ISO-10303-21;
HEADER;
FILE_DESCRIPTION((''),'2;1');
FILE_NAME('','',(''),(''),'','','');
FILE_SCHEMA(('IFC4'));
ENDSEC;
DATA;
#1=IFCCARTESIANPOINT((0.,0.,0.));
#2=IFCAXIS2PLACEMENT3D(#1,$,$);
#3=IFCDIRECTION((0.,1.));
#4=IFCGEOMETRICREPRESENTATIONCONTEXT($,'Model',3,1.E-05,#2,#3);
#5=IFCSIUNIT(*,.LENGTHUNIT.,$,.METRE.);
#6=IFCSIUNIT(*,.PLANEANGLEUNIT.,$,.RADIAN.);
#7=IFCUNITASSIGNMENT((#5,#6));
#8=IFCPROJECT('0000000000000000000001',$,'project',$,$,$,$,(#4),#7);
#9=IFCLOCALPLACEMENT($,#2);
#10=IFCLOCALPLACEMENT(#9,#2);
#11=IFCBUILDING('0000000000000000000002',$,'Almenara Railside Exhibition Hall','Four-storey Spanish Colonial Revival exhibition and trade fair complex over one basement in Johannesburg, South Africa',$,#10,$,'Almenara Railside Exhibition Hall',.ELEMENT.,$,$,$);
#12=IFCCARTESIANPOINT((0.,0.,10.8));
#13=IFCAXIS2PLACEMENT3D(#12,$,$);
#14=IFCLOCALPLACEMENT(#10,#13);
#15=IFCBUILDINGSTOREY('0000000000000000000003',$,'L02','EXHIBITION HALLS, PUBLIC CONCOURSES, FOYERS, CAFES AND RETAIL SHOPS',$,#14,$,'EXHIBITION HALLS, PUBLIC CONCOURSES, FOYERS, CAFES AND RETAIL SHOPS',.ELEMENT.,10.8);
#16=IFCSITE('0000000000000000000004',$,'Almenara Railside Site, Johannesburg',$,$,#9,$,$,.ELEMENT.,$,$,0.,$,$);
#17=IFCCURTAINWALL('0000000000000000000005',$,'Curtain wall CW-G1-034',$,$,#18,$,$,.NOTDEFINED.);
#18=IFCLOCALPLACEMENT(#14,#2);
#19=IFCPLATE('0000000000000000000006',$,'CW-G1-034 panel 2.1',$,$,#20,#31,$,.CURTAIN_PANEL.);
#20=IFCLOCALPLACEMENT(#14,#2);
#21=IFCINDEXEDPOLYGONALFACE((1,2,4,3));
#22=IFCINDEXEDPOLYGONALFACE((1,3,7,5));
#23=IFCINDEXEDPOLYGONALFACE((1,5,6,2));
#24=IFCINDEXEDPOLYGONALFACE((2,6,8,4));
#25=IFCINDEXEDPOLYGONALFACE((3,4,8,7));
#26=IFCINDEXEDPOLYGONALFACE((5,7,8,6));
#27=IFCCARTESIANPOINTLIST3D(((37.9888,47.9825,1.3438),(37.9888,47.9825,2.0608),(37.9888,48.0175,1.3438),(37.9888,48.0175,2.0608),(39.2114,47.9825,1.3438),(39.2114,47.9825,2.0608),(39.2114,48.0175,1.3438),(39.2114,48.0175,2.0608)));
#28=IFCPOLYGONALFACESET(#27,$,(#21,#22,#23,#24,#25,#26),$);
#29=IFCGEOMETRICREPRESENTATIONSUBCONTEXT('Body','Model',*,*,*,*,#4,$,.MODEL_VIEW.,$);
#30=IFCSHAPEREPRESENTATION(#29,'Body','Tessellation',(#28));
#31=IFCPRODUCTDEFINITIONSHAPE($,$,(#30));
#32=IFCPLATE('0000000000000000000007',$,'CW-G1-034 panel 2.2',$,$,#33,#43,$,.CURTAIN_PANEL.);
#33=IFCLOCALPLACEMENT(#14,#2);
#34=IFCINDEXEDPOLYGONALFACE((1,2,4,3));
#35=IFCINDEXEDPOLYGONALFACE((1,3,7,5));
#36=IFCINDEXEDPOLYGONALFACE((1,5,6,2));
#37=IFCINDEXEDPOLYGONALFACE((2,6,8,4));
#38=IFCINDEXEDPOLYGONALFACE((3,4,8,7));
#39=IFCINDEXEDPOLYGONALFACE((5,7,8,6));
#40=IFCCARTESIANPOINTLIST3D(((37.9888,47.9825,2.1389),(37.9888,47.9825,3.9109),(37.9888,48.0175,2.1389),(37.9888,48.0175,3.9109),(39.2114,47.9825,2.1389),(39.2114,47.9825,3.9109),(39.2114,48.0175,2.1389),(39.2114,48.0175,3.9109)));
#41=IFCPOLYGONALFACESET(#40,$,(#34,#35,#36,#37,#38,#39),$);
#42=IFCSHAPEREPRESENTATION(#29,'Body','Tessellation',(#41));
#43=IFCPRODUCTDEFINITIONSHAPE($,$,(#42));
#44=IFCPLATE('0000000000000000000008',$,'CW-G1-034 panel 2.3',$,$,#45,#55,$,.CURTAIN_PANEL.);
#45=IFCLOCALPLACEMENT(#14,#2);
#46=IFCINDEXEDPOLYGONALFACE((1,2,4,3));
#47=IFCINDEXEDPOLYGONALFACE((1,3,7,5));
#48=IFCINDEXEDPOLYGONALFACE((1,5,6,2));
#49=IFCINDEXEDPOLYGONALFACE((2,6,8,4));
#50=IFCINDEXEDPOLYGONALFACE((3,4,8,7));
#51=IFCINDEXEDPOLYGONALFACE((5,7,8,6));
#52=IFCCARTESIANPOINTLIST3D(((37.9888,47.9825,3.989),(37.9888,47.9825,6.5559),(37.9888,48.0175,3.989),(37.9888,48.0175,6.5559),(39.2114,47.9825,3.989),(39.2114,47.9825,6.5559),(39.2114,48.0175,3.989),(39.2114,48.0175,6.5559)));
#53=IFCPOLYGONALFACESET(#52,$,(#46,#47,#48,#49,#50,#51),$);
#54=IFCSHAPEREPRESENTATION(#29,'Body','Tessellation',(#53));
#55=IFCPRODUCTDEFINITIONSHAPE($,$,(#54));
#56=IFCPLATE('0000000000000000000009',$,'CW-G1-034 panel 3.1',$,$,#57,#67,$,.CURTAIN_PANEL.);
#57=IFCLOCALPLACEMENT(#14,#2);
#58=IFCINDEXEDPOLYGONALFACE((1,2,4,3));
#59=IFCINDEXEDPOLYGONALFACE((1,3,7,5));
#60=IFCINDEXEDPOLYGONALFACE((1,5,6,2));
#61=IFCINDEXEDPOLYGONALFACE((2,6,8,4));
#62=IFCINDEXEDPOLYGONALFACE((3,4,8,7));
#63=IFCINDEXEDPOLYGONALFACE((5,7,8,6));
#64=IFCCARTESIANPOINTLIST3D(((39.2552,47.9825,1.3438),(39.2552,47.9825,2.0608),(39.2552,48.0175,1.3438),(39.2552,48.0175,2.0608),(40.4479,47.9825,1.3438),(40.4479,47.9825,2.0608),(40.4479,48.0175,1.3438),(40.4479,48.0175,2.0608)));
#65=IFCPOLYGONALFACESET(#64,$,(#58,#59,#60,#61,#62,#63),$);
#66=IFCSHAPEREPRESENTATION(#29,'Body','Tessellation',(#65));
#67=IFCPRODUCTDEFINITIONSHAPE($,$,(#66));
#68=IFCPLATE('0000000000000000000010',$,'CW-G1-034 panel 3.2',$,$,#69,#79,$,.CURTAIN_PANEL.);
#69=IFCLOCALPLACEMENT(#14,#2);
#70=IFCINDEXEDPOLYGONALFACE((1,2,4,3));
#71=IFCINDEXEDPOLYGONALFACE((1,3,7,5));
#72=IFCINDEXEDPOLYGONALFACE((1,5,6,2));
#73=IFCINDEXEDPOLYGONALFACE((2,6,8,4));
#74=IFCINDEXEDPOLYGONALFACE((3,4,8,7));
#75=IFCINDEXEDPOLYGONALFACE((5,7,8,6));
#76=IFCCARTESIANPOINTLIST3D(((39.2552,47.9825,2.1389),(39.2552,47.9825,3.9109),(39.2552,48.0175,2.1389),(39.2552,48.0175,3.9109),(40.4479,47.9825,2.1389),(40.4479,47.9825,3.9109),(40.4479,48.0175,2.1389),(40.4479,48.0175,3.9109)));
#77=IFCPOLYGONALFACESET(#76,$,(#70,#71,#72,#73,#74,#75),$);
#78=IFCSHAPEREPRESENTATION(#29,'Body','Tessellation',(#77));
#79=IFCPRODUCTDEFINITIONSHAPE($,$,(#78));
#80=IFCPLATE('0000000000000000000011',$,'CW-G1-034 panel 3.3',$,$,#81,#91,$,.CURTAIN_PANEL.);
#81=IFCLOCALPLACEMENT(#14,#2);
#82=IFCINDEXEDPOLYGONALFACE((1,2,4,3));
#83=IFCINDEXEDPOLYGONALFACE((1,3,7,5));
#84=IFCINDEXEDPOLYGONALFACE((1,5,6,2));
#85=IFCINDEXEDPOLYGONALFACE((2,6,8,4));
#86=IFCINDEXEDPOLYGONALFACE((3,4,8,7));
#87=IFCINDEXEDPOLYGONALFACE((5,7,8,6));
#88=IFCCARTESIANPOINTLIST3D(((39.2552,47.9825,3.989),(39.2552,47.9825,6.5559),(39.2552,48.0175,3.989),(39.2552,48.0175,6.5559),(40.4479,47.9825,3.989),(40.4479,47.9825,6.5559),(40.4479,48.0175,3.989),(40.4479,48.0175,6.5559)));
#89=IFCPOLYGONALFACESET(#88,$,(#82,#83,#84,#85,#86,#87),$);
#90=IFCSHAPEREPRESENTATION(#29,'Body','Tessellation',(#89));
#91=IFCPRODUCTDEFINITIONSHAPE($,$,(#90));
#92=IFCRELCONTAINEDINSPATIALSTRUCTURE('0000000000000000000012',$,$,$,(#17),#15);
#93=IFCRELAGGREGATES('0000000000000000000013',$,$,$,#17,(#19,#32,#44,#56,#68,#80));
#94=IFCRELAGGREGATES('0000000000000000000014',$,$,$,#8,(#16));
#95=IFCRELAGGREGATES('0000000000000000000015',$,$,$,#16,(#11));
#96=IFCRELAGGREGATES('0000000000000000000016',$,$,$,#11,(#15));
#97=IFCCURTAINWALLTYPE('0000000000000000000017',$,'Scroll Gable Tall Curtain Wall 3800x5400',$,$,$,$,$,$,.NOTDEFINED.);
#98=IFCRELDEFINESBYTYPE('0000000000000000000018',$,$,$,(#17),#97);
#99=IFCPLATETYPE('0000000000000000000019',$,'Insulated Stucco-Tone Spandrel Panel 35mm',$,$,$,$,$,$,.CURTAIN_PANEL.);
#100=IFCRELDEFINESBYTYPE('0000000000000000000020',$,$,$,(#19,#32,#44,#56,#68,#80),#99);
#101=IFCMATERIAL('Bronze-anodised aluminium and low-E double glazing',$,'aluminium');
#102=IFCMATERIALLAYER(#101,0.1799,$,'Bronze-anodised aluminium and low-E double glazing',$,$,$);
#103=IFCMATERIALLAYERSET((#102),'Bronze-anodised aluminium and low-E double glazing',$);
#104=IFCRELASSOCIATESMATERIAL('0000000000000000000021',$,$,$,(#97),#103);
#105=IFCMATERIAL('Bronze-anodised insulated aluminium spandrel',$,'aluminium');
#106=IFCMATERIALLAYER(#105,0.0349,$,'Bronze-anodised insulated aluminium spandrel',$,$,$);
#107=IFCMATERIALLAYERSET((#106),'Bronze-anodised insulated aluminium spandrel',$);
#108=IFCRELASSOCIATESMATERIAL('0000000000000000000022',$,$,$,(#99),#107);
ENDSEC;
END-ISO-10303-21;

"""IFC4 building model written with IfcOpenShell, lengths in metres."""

from ifc_helpers import new_model, si_unit, direction, frame, origin, origin_2d, place, context, subcontext, project, spatial, rectangle, extrude, material, layer, layer_set, type_object, element, aggregate, save


model = new_model("IFC4")

# Units and contexts
model_context = context("Model", 3, precision=1e-05, world=origin(), true_north=direction((0.0, 1.0)))
body_context = subcontext(model_context, "Body", "Model", "MODEL_VIEW")
ifc_project = project(units=[si_unit("LENGTHUNIT", "METRE"), si_unit("PLANEANGLEUNIT", "RADIAN")], contexts=[model_context])

# Site, building, storey
site_placement = place(None, origin())
site = spatial("IfcSite", under=ifc_project, at=site_placement, Name="Almenara Railside Site, Johannesburg", CompositionType="ELEMENT", RefElevation=0.0)
building_placement = place(site_placement, origin())
building = spatial("IfcBuilding", under=site, at=building_placement, Name="Almenara Railside Exhibition Hall", Description="Four-storey Spanish Colonial Revival exhibition and trade fair complex over one basement in Johannesburg, South Africa", LongName="Almenara Railside Exhibition Hall", CompositionType="ELEMENT")
storey_placement = place(building_placement, frame((0.0, 0.0, 10.8)))
storey = spatial("IfcBuildingStorey", under=building, at=storey_placement, Name="L02", Description="EXHIBITION HALLS, PUBLIC CONCOURSES, FOYERS, CAFES AND RETAIL SHOPS", LongName="EXHIBITION HALLS, PUBLIC CONCOURSES, FOYERS, CAFES AND RETAIL SHOPS", CompositionType="ELEMENT", Elevation=10.8)

# Curtain wall
ifc_material_1 = material(Name="Bronze-anodised aluminium and low-E double glazing", Category="aluminium")
ifc_layer_1 = layer(ifc_material_1, 0.1799, Name="Bronze-anodised aluminium and low-E double glazing")
ifc_layer_set_1 = layer_set([ifc_layer_1], Name="Bronze-anodised aluminium and low-E double glazing")
curtain_wall_type = type_object("IfcCurtainWallType", Name="Scroll Gable Tall Curtain Wall 3800x5400", PredefinedType="NOTDEFINED", material=ifc_layer_set_1)
curtain_wall_1_placement = place(storey_placement, origin())
curtain_wall_1 = element("IfcCurtainWall", 1, at=curtain_wall_1_placement, inside=storey, type_object=curtain_wall_type, Name="Curtain wall CW-G1-034", PredefinedType="NOTDEFINED")

# Plates
ifc_material_2 = material(Name="Bronze-anodised insulated aluminium spandrel", Category="aluminium")
ifc_layer_2 = layer(ifc_material_2, 0.0349, Name="Bronze-anodised insulated aluminium spandrel")
ifc_layer_set_2 = layer_set([ifc_layer_2], Name="Bronze-anodised insulated aluminium spandrel")
plate_type_1 = type_object("IfcPlateType", Name="Insulated Stucco-Tone Spandrel Panel 35mm", PredefinedType="CURTAIN_PANEL", material=ifc_layer_set_2)
plate_1_placement = place(storey_placement, frame((38.6001, 48.0, 1.3438), z_axis=(0.0, 0.0, 1.0), x_axis=(1.0, 0.0, 0.0)))
plate_1 = element("IfcPlate", 2, at=plate_1_placement, type_object=plate_type_1, Name="CW-G1-034 panel 2.1", PredefinedType="CURTAIN_PANEL", context=body_context, shape_type="SweptSolid", body=[
    extrude(rectangle(XDim=1.2227, YDim=0.0349, at=origin_2d()), origin(), (0.0, 0.0, 1.0), 0.717),
])
plate_2_placement = place(storey_placement, frame((38.6001, 48.0, 2.1389), z_axis=(0.0, 0.0, 1.0), x_axis=(1.0, 0.0, 0.0)))
plate_2 = element("IfcPlate", 3, at=plate_2_placement, type_object=plate_type_1, Name="CW-G1-034 panel 2.2", PredefinedType="CURTAIN_PANEL", context=body_context, shape_type="SweptSolid", body=[
    extrude(rectangle(XDim=1.2227, YDim=0.0349, at=origin_2d()), origin(), (0.0, 0.0, 1.0), 1.772),
])
plate_3_placement = place(storey_placement, frame((38.6001, 48.0, 3.989), z_axis=(0.0, 0.0, 1.0), x_axis=(1.0, 0.0, 0.0)))
plate_3 = element("IfcPlate", 4, at=plate_3_placement, type_object=plate_type_1, Name="CW-G1-034 panel 2.3", PredefinedType="CURTAIN_PANEL", context=body_context, shape_type="SweptSolid", body=[
    extrude(rectangle(XDim=1.2227, YDim=0.0349, at=origin_2d()), origin(), (0.0, 0.0, 1.0), 2.5669),
])
plate_4_placement = place(storey_placement, frame((39.8516, 48.0, 1.3438), z_axis=(0.0, 0.0, 1.0), x_axis=(1.0, 0.0, 0.0)))
plate_4 = element("IfcPlate", 5, at=plate_4_placement, type_object=plate_type_1, Name="CW-G1-034 panel 3.1", PredefinedType="CURTAIN_PANEL", context=body_context, shape_type="SweptSolid", body=[
    extrude(rectangle(XDim=1.1926, YDim=0.0349, at=origin_2d()), origin(), (0.0, 0.0, 1.0), 0.717),
])
plate_5_placement = place(storey_placement, frame((39.8516, 48.0, 2.1389), z_axis=(0.0, 0.0, 1.0), x_axis=(1.0, 0.0, 0.0)))
plate_5 = element("IfcPlate", 6, at=plate_5_placement, type_object=plate_type_1, Name="CW-G1-034 panel 3.2", PredefinedType="CURTAIN_PANEL", context=body_context, shape_type="SweptSolid", body=[
    extrude(rectangle(XDim=1.1926, YDim=0.0349, at=origin_2d()), origin(), (0.0, 0.0, 1.0), 1.772),
])
plate_6_placement = place(storey_placement, frame((39.8516, 48.0, 3.989), z_axis=(0.0, 0.0, 1.0), x_axis=(1.0, 0.0, 0.0)))
plate_6 = element("IfcPlate", 7, at=plate_6_placement, type_object=plate_type_1, Name="CW-G1-034 panel 3.3", PredefinedType="CURTAIN_PANEL", context=body_context, shape_type="SweptSolid", body=[
    extrude(rectangle(XDim=1.1926, YDim=0.0349, at=origin_2d()), origin(), (0.0, 0.0, 1.0), 2.5669),
])
aggregate(curtain_wall_1, [plate_1, plate_2, plate_3, plate_4, plate_5, plate_6])

save(model, "model.ifc")
